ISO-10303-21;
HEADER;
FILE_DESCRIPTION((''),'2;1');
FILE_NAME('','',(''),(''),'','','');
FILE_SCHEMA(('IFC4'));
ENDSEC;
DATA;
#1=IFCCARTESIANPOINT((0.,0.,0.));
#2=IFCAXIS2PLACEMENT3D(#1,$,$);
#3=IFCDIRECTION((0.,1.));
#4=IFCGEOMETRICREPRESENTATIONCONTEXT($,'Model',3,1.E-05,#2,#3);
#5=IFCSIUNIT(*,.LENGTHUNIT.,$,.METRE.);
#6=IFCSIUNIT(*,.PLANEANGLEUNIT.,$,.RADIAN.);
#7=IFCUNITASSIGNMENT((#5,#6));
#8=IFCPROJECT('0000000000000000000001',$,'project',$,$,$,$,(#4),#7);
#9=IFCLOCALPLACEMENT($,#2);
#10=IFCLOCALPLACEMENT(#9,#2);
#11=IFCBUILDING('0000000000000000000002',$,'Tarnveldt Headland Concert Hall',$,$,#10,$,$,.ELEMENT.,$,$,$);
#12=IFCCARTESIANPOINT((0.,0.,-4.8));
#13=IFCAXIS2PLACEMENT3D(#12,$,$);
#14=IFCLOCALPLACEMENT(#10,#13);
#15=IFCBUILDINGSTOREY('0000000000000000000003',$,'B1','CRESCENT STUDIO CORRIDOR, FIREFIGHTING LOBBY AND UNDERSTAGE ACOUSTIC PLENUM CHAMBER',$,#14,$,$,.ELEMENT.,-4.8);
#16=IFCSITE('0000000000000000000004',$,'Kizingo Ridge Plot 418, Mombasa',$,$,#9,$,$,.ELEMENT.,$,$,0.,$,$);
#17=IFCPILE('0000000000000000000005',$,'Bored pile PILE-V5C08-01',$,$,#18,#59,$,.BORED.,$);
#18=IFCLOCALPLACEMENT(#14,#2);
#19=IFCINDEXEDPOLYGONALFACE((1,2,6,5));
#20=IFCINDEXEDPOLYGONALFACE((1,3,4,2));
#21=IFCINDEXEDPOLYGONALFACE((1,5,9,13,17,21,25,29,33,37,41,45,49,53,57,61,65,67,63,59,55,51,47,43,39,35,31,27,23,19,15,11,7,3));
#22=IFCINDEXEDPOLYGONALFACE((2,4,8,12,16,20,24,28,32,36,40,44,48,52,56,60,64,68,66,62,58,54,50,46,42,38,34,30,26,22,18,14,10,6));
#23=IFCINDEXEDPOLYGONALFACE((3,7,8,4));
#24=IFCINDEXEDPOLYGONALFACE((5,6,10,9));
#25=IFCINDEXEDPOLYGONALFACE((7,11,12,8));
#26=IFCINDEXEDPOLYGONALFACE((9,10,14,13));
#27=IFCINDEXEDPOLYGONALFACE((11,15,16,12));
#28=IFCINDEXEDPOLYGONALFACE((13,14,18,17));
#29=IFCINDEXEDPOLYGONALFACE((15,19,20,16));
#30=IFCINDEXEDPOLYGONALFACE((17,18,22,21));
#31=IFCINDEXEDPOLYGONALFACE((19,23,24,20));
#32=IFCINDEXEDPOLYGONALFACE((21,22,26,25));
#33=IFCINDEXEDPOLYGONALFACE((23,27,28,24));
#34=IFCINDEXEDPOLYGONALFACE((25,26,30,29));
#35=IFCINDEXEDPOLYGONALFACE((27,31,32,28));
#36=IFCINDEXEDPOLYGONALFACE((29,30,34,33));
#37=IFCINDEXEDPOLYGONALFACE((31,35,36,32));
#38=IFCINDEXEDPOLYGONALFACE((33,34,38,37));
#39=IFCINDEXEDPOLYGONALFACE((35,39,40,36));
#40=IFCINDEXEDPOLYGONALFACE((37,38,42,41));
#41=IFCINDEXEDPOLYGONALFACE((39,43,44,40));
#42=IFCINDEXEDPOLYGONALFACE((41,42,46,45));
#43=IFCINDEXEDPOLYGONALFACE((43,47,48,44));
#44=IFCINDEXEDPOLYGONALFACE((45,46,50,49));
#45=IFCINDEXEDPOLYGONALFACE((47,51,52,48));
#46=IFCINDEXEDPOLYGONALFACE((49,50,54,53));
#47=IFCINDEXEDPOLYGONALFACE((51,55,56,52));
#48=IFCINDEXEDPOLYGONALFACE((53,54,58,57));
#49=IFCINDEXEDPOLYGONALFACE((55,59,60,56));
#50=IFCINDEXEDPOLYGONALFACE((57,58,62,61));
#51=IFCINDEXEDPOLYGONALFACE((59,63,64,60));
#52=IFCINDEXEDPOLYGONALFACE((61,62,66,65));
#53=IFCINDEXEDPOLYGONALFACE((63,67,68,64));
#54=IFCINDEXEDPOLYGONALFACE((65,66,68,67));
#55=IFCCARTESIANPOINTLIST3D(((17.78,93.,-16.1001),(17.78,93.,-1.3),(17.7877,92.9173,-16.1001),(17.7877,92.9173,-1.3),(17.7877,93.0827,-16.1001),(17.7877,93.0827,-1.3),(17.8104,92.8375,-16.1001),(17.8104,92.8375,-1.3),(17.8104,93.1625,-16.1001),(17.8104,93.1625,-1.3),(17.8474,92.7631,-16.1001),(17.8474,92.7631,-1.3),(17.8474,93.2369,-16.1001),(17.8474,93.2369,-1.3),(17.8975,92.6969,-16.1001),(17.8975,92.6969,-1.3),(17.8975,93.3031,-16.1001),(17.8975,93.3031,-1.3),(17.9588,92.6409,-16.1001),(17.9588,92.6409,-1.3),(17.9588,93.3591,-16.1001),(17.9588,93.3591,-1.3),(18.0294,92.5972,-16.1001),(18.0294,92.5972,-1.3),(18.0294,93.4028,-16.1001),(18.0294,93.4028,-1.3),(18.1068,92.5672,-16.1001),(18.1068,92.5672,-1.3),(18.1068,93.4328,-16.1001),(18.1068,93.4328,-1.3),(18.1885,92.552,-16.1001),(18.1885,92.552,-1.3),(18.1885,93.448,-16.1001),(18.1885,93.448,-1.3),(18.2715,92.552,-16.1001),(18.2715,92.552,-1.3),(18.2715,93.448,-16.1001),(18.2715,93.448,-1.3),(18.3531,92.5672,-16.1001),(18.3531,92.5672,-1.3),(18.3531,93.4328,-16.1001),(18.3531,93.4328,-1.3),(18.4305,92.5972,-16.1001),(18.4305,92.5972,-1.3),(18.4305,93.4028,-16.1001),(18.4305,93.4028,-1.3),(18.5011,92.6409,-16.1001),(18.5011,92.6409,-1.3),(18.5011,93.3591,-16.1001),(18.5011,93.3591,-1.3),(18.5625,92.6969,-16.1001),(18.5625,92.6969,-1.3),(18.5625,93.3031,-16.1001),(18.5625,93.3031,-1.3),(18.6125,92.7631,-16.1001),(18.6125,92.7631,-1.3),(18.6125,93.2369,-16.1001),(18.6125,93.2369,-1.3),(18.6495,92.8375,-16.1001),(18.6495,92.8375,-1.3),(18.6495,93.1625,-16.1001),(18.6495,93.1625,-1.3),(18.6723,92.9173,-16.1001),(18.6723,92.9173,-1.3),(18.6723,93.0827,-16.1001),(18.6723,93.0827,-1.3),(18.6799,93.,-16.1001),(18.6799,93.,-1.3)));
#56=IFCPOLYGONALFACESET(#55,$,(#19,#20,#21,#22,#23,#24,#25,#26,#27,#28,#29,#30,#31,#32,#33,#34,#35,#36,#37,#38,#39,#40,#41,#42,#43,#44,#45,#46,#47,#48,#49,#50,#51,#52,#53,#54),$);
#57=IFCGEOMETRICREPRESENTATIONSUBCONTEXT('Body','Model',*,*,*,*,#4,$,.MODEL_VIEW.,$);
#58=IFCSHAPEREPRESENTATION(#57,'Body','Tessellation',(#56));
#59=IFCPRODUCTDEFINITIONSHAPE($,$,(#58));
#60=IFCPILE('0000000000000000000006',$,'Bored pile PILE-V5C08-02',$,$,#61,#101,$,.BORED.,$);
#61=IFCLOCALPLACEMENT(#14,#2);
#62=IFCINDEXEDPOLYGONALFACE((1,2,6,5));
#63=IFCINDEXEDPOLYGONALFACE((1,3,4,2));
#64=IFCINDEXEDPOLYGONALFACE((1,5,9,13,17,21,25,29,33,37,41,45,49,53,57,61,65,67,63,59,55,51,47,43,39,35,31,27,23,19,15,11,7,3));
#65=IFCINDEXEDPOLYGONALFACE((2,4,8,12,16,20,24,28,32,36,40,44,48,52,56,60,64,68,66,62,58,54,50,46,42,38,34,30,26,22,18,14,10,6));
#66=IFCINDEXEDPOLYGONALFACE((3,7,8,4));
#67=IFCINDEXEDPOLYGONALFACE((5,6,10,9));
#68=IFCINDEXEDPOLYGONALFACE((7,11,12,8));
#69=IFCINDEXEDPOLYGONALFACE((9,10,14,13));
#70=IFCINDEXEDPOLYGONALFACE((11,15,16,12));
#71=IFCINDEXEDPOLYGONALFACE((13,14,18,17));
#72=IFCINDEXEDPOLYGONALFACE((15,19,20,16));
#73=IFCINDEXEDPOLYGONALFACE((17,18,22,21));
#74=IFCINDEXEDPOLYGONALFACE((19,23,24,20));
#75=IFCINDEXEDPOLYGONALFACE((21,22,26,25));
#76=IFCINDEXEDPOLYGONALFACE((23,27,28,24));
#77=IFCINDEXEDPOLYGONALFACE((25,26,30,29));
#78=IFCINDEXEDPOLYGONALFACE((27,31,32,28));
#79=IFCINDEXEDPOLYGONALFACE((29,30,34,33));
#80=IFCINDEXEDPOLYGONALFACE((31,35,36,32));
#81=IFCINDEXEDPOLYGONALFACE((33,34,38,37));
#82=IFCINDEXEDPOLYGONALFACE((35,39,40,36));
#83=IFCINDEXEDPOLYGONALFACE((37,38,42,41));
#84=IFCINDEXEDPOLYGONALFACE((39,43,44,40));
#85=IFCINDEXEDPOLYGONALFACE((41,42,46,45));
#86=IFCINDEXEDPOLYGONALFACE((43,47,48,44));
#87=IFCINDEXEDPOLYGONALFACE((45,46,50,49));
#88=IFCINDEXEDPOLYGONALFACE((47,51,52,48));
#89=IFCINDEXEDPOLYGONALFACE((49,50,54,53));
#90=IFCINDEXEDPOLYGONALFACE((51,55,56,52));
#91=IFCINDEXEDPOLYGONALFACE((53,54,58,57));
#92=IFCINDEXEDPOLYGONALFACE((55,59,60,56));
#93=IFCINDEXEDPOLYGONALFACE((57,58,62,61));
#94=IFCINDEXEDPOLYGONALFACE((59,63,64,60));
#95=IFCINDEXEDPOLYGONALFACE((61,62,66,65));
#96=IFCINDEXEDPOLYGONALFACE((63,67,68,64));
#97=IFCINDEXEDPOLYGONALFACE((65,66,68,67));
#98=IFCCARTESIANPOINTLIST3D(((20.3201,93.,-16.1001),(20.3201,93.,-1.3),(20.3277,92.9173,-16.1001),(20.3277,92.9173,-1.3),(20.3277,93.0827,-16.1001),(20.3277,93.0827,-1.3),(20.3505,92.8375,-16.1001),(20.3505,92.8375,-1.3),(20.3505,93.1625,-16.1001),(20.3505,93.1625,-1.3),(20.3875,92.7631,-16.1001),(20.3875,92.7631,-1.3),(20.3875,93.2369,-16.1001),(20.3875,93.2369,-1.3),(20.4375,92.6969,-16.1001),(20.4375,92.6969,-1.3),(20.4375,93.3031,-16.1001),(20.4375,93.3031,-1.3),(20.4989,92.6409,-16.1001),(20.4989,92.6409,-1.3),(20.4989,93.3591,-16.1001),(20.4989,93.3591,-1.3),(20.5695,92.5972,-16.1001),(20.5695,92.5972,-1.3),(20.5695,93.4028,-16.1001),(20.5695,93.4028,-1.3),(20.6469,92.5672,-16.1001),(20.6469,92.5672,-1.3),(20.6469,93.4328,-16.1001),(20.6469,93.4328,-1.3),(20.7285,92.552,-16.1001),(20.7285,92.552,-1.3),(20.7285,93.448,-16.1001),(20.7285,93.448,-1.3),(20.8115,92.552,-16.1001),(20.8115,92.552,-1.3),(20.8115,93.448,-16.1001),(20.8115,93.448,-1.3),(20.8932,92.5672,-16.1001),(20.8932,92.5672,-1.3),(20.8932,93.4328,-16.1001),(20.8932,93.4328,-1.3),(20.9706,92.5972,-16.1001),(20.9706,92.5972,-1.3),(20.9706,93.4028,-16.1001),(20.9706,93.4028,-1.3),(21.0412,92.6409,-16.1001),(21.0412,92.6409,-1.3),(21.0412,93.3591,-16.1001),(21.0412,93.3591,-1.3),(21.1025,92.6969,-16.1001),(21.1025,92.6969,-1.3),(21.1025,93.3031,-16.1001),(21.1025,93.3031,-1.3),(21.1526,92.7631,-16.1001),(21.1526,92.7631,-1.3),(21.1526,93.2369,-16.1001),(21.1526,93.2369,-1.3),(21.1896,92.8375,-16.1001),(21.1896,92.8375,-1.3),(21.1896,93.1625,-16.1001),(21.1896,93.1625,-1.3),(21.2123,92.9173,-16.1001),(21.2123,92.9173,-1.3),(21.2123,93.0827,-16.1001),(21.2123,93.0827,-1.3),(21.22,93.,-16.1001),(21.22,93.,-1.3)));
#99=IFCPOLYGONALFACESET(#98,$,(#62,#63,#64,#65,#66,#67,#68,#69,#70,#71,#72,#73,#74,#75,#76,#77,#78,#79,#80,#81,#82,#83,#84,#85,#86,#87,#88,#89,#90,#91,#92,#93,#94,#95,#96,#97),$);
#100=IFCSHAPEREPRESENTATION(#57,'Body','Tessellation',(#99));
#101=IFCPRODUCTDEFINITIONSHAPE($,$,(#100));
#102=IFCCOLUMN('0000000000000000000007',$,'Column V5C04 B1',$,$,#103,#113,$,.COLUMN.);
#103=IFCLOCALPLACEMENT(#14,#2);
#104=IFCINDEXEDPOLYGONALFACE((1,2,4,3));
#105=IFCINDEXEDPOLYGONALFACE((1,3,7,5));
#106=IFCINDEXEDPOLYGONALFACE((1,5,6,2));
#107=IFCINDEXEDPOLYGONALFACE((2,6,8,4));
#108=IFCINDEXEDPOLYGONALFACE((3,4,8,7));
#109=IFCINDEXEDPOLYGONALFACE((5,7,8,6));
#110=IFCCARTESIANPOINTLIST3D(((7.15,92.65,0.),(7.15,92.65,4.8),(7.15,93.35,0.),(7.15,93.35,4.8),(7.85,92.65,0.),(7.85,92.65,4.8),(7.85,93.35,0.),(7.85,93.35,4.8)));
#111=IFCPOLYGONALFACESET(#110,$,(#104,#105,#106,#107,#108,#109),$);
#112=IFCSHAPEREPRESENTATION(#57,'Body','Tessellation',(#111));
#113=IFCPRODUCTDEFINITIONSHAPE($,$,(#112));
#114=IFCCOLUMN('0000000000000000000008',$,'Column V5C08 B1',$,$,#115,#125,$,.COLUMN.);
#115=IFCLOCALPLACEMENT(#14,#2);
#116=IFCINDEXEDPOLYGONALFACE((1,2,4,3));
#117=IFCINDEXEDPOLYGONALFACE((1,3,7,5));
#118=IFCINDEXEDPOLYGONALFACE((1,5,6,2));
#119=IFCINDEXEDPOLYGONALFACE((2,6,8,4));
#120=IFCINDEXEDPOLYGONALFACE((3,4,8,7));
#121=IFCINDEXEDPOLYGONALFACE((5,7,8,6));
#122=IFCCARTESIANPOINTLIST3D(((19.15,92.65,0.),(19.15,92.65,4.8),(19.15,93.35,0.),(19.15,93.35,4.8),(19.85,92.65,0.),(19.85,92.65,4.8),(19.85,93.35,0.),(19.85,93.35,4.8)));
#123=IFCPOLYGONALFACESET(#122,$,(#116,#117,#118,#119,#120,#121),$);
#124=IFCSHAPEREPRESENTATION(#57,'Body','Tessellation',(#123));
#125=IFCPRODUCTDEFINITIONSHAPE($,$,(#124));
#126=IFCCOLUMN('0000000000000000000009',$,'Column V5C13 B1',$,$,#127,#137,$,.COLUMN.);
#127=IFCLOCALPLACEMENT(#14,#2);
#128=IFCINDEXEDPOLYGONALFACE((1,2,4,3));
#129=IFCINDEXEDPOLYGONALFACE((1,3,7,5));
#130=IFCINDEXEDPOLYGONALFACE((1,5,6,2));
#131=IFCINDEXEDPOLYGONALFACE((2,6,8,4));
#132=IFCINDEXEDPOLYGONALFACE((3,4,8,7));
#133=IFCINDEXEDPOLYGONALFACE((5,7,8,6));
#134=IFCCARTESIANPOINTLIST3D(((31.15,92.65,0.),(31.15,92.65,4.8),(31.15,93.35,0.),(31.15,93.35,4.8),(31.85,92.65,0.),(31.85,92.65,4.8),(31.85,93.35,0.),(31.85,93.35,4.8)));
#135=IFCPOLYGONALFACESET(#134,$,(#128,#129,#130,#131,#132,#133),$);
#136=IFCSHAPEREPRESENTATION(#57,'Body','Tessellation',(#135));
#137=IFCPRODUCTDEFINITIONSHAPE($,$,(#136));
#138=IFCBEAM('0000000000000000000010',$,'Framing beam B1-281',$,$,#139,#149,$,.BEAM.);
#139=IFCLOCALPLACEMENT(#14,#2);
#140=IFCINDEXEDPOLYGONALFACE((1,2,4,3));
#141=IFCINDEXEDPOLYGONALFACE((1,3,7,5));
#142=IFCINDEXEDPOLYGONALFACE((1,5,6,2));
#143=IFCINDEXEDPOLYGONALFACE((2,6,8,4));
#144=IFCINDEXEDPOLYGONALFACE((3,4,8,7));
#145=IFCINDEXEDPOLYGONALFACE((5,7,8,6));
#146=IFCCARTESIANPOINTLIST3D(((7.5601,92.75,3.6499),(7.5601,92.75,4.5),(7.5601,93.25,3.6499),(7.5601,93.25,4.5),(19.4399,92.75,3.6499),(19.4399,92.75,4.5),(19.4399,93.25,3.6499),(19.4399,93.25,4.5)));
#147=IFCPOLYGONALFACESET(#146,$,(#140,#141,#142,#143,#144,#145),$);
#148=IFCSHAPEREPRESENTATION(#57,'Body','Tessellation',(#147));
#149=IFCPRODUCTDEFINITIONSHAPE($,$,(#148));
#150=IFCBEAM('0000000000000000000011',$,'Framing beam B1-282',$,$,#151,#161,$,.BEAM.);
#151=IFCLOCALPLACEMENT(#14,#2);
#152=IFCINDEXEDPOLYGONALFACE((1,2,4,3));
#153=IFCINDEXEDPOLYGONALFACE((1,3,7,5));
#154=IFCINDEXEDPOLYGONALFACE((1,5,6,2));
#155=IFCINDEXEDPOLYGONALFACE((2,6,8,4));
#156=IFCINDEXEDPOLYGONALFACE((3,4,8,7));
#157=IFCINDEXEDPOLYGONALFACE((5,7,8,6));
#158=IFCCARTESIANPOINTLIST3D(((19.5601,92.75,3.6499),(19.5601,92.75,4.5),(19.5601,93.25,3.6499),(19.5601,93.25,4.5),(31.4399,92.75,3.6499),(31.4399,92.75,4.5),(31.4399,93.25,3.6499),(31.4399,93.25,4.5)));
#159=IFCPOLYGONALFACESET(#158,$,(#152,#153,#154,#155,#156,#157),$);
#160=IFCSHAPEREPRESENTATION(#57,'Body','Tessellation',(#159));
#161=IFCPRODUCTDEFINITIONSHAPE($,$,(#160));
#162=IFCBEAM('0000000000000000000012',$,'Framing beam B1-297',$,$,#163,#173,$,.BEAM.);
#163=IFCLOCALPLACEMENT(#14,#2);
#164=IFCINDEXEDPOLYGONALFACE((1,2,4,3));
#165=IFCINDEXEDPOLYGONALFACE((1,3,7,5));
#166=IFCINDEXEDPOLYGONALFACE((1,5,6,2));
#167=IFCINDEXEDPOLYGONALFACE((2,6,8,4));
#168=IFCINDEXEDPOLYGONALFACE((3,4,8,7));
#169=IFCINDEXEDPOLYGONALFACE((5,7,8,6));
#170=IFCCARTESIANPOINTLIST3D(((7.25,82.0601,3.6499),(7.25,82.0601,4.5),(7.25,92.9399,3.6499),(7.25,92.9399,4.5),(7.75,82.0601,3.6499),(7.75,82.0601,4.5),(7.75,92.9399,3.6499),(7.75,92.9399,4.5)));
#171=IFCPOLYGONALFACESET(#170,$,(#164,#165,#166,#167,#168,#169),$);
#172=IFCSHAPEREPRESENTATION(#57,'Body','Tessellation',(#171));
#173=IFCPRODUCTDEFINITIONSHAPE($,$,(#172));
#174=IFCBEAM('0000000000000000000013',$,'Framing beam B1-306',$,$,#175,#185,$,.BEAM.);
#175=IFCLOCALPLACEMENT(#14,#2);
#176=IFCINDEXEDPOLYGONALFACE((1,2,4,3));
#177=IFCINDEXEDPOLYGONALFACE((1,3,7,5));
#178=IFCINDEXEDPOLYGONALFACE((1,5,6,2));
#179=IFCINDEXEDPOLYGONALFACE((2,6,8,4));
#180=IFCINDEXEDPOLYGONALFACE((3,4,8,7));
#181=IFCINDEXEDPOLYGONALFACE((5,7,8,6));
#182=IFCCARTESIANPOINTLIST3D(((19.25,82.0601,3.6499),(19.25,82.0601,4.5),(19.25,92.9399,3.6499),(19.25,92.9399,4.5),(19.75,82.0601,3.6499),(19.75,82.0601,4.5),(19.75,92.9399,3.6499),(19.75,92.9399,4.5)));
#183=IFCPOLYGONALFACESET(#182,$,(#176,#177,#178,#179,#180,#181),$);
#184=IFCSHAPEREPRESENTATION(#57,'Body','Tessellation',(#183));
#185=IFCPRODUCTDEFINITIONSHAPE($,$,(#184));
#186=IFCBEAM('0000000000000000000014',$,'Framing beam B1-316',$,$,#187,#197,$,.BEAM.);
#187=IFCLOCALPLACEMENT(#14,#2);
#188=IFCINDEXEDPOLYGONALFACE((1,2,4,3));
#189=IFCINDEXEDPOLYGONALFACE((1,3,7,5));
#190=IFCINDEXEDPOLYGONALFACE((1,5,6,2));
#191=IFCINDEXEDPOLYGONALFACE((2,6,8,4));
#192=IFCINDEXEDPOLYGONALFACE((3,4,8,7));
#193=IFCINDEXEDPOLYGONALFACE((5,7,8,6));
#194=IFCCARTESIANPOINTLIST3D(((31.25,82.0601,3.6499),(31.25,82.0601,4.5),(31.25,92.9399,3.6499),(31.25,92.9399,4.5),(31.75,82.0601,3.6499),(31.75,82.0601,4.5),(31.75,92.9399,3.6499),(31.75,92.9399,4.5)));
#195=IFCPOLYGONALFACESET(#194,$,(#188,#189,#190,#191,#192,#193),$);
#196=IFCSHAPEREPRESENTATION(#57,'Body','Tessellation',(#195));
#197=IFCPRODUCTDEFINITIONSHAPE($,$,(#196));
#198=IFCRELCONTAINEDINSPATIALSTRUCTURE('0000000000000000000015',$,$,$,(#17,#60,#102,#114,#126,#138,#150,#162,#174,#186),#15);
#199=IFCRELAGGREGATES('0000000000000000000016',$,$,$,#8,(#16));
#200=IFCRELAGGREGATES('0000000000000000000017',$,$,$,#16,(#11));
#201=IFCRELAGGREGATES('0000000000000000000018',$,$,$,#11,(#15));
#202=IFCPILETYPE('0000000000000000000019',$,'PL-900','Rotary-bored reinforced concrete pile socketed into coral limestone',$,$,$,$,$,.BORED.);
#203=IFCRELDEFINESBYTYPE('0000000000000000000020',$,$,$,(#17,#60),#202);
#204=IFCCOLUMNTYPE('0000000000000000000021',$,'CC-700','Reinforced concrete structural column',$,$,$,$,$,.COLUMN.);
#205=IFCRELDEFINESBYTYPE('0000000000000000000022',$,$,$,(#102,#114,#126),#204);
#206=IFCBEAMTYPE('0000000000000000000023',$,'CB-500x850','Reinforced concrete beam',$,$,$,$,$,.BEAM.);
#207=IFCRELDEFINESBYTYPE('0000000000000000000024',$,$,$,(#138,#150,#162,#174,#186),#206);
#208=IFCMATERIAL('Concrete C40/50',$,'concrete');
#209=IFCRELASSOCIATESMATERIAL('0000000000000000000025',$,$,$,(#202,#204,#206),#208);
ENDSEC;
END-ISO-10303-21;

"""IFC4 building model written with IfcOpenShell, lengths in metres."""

from ifc_helpers import new_model, si_unit, direction, frame, origin, origin_2d, place, context, subcontext, project, spatial, rectangle, circle, extrude, material, material_profile, profile_set, type_object, element, save


model = new_model("IFC4")

# Units and contexts
model_context = context("Model", 3, precision=1e-05, world=origin(), true_north=direction((0.0, 1.0)))
body_context = subcontext(model_context, "Body", "Model", "MODEL_VIEW")
ifc_project = project(units=[si_unit("LENGTHUNIT", "METRE"), si_unit("PLANEANGLEUNIT", "RADIAN")], contexts=[model_context])

# Site, building, storey
site_placement = place(None, origin())
site = spatial("IfcSite", under=ifc_project, at=site_placement, Name="Kizingo Ridge Plot 418, Mombasa", CompositionType="ELEMENT", RefElevation=0.0)
building_placement = place(site_placement, origin())
building = spatial("IfcBuilding", under=site, at=building_placement, Name="Tarnveldt Headland Concert Hall", CompositionType="ELEMENT")
storey_placement = place(building_placement, frame((0.0, 0.0, -4.8)))
storey = spatial("IfcBuildingStorey", under=building, at=storey_placement, Name="B1", Description="CRESCENT STUDIO CORRIDOR, FIREFIGHTING LOBBY AND UNDERSTAGE ACOUSTIC PLENUM CHAMBER", CompositionType="ELEMENT", Elevation=-4.8)

# Shared definitions
ifc_material_1 = material(Name="Concrete C40/50", Category="concrete")

# Piles
ifc_material_profile_1 = material_profile(ifc_material_1, circle(Radius=0.45, at=origin_2d()), Name="BORED PILE D900", Category="concrete")
ifc_profile_set_1 = profile_set([ifc_material_profile_1], Name="Concrete C40/50")
pile_type_1 = type_object("IfcPileType", Name="PL-900", Description="Rotary-bored reinforced concrete pile socketed into coral limestone", PredefinedType="BORED", material=ifc_profile_set_1)
for number, where, z_axis, x_axis, name in (
    (1, (18.23, 93.0, -1.3), (0.0, 0.0, -1.0), (1.0, 0.0, 0.0), "Bored pile PILE-V5C08-01"),
    (2, (20.77, 93.0, -1.3), (0.0, 0.0, -1.0), (1.0, 0.0, 0.0), "Bored pile PILE-V5C08-02"),
):
    element("IfcPile", number, at=place(storey_placement, frame(where, z_axis=z_axis, x_axis=x_axis)), inside=storey, type_object=pile_type_1, Name=name, PredefinedType="BORED", context=body_context, shape_type="SweptSolid", body=[
        extrude(circle(Radius=0.45, at=origin_2d()), origin(), (0.0, 0.0, 1.0), 14.8),
    ])

# Columns
ifc_material_profile_2 = material_profile(ifc_material_1, rectangle(XDim=0.7, YDim=0.7, at=origin_2d()), Name="RC 700x700", Category="concrete")
ifc_profile_set_2 = profile_set([ifc_material_profile_2], Name="Concrete C40/50")
column_type = type_object("IfcColumnType", Name="CC-700", Description="Reinforced concrete structural column", PredefinedType="COLUMN", material=ifc_profile_set_2)
for number, where, z_axis, x_axis, name in (
    (3, (7.5, 93.0, 0.0), (0.0, 0.0, 1.0), (1.0, 0.0, 0.0), "Column V5C04 B1"),
    (4, (19.5, 93.0, 0.0), (0.0, 0.0, 1.0), (1.0, 0.0, 0.0), "Column V5C08 B1"),
    (5, (31.5, 93.0, 0.0), (0.0, 0.0, 1.0), (1.0, 0.0, 0.0), "Column V5C13 B1"),
):
    element("IfcColumn", number, at=place(storey_placement, frame(where, z_axis=z_axis, x_axis=x_axis)), inside=storey, type_object=column_type, Name=name, PredefinedType="COLUMN", context=body_context, shape_type="SweptSolid", body=[
        extrude(rectangle(XDim=0.7, YDim=0.7, at=origin_2d()), origin(), (0.0, 0.0, 1.0), 4.8),
    ])

# Beams
ifc_material_profile_3 = material_profile(ifc_material_1, rectangle(XDim=0.5, YDim=0.8501, at=origin_2d()), Name="RC 500x850", Category="concrete")
ifc_profile_set_3 = profile_set([ifc_material_profile_3], Name="Concrete C40/50")
beam_type_1 = type_object("IfcBeamType", Name="CB-500x850", Description="Reinforced concrete beam", PredefinedType="BEAM", material=ifc_profile_set_3)
for number, where, z_axis, x_axis, name in (
    (6, (7.5601, 93.0, 4.075), (1.0, 0.0, 0.0), (0.0, 1.0, 0.0), "Framing beam B1-281"),
    (7, (19.5601, 93.0, 4.075), (1.0, 0.0, 0.0), (0.0, 1.0, 0.0), "Framing beam B1-282"),
):
    element("IfcBeam", number, at=place(storey_placement, frame(where, z_axis=z_axis, x_axis=x_axis)), inside=storey, type_object=beam_type_1, Name=name, PredefinedType="BEAM", context=body_context, shape_type="SweptSolid", body=[
        extrude(rectangle(XDim=0.5, YDim=0.8501, at=origin_2d()), origin(), (0.0, 0.0, 1.0), 11.8799),
    ])
for number, where, z_axis, x_axis, name in (
    (8, (7.5, 82.0601, 4.075), (0.0, 1.0, 0.0), (-1.0, 0.0, 0.0), "Framing beam B1-297"),
    (9, (19.5, 82.0601, 4.075), (0.0, 1.0, 0.0), (-1.0, 0.0, 0.0), "Framing beam B1-306"),
    (10, (31.5, 82.0601, 4.075), (0.0, 1.0, 0.0), (-1.0, 0.0, 0.0), "Framing beam B1-316"),
):
    element("IfcBeam", number, at=place(storey_placement, frame(where, z_axis=z_axis, x_axis=x_axis)), inside=storey, type_object=beam_type_1, Name=name, PredefinedType="BEAM", context=body_context, shape_type="SweptSolid", body=[
        extrude(rectangle(XDim=0.5, YDim=0.8501, at=origin_2d()), origin(), (0.0, 0.0, 1.0), 10.8799),
    ])

save(model, "model.ifc")
